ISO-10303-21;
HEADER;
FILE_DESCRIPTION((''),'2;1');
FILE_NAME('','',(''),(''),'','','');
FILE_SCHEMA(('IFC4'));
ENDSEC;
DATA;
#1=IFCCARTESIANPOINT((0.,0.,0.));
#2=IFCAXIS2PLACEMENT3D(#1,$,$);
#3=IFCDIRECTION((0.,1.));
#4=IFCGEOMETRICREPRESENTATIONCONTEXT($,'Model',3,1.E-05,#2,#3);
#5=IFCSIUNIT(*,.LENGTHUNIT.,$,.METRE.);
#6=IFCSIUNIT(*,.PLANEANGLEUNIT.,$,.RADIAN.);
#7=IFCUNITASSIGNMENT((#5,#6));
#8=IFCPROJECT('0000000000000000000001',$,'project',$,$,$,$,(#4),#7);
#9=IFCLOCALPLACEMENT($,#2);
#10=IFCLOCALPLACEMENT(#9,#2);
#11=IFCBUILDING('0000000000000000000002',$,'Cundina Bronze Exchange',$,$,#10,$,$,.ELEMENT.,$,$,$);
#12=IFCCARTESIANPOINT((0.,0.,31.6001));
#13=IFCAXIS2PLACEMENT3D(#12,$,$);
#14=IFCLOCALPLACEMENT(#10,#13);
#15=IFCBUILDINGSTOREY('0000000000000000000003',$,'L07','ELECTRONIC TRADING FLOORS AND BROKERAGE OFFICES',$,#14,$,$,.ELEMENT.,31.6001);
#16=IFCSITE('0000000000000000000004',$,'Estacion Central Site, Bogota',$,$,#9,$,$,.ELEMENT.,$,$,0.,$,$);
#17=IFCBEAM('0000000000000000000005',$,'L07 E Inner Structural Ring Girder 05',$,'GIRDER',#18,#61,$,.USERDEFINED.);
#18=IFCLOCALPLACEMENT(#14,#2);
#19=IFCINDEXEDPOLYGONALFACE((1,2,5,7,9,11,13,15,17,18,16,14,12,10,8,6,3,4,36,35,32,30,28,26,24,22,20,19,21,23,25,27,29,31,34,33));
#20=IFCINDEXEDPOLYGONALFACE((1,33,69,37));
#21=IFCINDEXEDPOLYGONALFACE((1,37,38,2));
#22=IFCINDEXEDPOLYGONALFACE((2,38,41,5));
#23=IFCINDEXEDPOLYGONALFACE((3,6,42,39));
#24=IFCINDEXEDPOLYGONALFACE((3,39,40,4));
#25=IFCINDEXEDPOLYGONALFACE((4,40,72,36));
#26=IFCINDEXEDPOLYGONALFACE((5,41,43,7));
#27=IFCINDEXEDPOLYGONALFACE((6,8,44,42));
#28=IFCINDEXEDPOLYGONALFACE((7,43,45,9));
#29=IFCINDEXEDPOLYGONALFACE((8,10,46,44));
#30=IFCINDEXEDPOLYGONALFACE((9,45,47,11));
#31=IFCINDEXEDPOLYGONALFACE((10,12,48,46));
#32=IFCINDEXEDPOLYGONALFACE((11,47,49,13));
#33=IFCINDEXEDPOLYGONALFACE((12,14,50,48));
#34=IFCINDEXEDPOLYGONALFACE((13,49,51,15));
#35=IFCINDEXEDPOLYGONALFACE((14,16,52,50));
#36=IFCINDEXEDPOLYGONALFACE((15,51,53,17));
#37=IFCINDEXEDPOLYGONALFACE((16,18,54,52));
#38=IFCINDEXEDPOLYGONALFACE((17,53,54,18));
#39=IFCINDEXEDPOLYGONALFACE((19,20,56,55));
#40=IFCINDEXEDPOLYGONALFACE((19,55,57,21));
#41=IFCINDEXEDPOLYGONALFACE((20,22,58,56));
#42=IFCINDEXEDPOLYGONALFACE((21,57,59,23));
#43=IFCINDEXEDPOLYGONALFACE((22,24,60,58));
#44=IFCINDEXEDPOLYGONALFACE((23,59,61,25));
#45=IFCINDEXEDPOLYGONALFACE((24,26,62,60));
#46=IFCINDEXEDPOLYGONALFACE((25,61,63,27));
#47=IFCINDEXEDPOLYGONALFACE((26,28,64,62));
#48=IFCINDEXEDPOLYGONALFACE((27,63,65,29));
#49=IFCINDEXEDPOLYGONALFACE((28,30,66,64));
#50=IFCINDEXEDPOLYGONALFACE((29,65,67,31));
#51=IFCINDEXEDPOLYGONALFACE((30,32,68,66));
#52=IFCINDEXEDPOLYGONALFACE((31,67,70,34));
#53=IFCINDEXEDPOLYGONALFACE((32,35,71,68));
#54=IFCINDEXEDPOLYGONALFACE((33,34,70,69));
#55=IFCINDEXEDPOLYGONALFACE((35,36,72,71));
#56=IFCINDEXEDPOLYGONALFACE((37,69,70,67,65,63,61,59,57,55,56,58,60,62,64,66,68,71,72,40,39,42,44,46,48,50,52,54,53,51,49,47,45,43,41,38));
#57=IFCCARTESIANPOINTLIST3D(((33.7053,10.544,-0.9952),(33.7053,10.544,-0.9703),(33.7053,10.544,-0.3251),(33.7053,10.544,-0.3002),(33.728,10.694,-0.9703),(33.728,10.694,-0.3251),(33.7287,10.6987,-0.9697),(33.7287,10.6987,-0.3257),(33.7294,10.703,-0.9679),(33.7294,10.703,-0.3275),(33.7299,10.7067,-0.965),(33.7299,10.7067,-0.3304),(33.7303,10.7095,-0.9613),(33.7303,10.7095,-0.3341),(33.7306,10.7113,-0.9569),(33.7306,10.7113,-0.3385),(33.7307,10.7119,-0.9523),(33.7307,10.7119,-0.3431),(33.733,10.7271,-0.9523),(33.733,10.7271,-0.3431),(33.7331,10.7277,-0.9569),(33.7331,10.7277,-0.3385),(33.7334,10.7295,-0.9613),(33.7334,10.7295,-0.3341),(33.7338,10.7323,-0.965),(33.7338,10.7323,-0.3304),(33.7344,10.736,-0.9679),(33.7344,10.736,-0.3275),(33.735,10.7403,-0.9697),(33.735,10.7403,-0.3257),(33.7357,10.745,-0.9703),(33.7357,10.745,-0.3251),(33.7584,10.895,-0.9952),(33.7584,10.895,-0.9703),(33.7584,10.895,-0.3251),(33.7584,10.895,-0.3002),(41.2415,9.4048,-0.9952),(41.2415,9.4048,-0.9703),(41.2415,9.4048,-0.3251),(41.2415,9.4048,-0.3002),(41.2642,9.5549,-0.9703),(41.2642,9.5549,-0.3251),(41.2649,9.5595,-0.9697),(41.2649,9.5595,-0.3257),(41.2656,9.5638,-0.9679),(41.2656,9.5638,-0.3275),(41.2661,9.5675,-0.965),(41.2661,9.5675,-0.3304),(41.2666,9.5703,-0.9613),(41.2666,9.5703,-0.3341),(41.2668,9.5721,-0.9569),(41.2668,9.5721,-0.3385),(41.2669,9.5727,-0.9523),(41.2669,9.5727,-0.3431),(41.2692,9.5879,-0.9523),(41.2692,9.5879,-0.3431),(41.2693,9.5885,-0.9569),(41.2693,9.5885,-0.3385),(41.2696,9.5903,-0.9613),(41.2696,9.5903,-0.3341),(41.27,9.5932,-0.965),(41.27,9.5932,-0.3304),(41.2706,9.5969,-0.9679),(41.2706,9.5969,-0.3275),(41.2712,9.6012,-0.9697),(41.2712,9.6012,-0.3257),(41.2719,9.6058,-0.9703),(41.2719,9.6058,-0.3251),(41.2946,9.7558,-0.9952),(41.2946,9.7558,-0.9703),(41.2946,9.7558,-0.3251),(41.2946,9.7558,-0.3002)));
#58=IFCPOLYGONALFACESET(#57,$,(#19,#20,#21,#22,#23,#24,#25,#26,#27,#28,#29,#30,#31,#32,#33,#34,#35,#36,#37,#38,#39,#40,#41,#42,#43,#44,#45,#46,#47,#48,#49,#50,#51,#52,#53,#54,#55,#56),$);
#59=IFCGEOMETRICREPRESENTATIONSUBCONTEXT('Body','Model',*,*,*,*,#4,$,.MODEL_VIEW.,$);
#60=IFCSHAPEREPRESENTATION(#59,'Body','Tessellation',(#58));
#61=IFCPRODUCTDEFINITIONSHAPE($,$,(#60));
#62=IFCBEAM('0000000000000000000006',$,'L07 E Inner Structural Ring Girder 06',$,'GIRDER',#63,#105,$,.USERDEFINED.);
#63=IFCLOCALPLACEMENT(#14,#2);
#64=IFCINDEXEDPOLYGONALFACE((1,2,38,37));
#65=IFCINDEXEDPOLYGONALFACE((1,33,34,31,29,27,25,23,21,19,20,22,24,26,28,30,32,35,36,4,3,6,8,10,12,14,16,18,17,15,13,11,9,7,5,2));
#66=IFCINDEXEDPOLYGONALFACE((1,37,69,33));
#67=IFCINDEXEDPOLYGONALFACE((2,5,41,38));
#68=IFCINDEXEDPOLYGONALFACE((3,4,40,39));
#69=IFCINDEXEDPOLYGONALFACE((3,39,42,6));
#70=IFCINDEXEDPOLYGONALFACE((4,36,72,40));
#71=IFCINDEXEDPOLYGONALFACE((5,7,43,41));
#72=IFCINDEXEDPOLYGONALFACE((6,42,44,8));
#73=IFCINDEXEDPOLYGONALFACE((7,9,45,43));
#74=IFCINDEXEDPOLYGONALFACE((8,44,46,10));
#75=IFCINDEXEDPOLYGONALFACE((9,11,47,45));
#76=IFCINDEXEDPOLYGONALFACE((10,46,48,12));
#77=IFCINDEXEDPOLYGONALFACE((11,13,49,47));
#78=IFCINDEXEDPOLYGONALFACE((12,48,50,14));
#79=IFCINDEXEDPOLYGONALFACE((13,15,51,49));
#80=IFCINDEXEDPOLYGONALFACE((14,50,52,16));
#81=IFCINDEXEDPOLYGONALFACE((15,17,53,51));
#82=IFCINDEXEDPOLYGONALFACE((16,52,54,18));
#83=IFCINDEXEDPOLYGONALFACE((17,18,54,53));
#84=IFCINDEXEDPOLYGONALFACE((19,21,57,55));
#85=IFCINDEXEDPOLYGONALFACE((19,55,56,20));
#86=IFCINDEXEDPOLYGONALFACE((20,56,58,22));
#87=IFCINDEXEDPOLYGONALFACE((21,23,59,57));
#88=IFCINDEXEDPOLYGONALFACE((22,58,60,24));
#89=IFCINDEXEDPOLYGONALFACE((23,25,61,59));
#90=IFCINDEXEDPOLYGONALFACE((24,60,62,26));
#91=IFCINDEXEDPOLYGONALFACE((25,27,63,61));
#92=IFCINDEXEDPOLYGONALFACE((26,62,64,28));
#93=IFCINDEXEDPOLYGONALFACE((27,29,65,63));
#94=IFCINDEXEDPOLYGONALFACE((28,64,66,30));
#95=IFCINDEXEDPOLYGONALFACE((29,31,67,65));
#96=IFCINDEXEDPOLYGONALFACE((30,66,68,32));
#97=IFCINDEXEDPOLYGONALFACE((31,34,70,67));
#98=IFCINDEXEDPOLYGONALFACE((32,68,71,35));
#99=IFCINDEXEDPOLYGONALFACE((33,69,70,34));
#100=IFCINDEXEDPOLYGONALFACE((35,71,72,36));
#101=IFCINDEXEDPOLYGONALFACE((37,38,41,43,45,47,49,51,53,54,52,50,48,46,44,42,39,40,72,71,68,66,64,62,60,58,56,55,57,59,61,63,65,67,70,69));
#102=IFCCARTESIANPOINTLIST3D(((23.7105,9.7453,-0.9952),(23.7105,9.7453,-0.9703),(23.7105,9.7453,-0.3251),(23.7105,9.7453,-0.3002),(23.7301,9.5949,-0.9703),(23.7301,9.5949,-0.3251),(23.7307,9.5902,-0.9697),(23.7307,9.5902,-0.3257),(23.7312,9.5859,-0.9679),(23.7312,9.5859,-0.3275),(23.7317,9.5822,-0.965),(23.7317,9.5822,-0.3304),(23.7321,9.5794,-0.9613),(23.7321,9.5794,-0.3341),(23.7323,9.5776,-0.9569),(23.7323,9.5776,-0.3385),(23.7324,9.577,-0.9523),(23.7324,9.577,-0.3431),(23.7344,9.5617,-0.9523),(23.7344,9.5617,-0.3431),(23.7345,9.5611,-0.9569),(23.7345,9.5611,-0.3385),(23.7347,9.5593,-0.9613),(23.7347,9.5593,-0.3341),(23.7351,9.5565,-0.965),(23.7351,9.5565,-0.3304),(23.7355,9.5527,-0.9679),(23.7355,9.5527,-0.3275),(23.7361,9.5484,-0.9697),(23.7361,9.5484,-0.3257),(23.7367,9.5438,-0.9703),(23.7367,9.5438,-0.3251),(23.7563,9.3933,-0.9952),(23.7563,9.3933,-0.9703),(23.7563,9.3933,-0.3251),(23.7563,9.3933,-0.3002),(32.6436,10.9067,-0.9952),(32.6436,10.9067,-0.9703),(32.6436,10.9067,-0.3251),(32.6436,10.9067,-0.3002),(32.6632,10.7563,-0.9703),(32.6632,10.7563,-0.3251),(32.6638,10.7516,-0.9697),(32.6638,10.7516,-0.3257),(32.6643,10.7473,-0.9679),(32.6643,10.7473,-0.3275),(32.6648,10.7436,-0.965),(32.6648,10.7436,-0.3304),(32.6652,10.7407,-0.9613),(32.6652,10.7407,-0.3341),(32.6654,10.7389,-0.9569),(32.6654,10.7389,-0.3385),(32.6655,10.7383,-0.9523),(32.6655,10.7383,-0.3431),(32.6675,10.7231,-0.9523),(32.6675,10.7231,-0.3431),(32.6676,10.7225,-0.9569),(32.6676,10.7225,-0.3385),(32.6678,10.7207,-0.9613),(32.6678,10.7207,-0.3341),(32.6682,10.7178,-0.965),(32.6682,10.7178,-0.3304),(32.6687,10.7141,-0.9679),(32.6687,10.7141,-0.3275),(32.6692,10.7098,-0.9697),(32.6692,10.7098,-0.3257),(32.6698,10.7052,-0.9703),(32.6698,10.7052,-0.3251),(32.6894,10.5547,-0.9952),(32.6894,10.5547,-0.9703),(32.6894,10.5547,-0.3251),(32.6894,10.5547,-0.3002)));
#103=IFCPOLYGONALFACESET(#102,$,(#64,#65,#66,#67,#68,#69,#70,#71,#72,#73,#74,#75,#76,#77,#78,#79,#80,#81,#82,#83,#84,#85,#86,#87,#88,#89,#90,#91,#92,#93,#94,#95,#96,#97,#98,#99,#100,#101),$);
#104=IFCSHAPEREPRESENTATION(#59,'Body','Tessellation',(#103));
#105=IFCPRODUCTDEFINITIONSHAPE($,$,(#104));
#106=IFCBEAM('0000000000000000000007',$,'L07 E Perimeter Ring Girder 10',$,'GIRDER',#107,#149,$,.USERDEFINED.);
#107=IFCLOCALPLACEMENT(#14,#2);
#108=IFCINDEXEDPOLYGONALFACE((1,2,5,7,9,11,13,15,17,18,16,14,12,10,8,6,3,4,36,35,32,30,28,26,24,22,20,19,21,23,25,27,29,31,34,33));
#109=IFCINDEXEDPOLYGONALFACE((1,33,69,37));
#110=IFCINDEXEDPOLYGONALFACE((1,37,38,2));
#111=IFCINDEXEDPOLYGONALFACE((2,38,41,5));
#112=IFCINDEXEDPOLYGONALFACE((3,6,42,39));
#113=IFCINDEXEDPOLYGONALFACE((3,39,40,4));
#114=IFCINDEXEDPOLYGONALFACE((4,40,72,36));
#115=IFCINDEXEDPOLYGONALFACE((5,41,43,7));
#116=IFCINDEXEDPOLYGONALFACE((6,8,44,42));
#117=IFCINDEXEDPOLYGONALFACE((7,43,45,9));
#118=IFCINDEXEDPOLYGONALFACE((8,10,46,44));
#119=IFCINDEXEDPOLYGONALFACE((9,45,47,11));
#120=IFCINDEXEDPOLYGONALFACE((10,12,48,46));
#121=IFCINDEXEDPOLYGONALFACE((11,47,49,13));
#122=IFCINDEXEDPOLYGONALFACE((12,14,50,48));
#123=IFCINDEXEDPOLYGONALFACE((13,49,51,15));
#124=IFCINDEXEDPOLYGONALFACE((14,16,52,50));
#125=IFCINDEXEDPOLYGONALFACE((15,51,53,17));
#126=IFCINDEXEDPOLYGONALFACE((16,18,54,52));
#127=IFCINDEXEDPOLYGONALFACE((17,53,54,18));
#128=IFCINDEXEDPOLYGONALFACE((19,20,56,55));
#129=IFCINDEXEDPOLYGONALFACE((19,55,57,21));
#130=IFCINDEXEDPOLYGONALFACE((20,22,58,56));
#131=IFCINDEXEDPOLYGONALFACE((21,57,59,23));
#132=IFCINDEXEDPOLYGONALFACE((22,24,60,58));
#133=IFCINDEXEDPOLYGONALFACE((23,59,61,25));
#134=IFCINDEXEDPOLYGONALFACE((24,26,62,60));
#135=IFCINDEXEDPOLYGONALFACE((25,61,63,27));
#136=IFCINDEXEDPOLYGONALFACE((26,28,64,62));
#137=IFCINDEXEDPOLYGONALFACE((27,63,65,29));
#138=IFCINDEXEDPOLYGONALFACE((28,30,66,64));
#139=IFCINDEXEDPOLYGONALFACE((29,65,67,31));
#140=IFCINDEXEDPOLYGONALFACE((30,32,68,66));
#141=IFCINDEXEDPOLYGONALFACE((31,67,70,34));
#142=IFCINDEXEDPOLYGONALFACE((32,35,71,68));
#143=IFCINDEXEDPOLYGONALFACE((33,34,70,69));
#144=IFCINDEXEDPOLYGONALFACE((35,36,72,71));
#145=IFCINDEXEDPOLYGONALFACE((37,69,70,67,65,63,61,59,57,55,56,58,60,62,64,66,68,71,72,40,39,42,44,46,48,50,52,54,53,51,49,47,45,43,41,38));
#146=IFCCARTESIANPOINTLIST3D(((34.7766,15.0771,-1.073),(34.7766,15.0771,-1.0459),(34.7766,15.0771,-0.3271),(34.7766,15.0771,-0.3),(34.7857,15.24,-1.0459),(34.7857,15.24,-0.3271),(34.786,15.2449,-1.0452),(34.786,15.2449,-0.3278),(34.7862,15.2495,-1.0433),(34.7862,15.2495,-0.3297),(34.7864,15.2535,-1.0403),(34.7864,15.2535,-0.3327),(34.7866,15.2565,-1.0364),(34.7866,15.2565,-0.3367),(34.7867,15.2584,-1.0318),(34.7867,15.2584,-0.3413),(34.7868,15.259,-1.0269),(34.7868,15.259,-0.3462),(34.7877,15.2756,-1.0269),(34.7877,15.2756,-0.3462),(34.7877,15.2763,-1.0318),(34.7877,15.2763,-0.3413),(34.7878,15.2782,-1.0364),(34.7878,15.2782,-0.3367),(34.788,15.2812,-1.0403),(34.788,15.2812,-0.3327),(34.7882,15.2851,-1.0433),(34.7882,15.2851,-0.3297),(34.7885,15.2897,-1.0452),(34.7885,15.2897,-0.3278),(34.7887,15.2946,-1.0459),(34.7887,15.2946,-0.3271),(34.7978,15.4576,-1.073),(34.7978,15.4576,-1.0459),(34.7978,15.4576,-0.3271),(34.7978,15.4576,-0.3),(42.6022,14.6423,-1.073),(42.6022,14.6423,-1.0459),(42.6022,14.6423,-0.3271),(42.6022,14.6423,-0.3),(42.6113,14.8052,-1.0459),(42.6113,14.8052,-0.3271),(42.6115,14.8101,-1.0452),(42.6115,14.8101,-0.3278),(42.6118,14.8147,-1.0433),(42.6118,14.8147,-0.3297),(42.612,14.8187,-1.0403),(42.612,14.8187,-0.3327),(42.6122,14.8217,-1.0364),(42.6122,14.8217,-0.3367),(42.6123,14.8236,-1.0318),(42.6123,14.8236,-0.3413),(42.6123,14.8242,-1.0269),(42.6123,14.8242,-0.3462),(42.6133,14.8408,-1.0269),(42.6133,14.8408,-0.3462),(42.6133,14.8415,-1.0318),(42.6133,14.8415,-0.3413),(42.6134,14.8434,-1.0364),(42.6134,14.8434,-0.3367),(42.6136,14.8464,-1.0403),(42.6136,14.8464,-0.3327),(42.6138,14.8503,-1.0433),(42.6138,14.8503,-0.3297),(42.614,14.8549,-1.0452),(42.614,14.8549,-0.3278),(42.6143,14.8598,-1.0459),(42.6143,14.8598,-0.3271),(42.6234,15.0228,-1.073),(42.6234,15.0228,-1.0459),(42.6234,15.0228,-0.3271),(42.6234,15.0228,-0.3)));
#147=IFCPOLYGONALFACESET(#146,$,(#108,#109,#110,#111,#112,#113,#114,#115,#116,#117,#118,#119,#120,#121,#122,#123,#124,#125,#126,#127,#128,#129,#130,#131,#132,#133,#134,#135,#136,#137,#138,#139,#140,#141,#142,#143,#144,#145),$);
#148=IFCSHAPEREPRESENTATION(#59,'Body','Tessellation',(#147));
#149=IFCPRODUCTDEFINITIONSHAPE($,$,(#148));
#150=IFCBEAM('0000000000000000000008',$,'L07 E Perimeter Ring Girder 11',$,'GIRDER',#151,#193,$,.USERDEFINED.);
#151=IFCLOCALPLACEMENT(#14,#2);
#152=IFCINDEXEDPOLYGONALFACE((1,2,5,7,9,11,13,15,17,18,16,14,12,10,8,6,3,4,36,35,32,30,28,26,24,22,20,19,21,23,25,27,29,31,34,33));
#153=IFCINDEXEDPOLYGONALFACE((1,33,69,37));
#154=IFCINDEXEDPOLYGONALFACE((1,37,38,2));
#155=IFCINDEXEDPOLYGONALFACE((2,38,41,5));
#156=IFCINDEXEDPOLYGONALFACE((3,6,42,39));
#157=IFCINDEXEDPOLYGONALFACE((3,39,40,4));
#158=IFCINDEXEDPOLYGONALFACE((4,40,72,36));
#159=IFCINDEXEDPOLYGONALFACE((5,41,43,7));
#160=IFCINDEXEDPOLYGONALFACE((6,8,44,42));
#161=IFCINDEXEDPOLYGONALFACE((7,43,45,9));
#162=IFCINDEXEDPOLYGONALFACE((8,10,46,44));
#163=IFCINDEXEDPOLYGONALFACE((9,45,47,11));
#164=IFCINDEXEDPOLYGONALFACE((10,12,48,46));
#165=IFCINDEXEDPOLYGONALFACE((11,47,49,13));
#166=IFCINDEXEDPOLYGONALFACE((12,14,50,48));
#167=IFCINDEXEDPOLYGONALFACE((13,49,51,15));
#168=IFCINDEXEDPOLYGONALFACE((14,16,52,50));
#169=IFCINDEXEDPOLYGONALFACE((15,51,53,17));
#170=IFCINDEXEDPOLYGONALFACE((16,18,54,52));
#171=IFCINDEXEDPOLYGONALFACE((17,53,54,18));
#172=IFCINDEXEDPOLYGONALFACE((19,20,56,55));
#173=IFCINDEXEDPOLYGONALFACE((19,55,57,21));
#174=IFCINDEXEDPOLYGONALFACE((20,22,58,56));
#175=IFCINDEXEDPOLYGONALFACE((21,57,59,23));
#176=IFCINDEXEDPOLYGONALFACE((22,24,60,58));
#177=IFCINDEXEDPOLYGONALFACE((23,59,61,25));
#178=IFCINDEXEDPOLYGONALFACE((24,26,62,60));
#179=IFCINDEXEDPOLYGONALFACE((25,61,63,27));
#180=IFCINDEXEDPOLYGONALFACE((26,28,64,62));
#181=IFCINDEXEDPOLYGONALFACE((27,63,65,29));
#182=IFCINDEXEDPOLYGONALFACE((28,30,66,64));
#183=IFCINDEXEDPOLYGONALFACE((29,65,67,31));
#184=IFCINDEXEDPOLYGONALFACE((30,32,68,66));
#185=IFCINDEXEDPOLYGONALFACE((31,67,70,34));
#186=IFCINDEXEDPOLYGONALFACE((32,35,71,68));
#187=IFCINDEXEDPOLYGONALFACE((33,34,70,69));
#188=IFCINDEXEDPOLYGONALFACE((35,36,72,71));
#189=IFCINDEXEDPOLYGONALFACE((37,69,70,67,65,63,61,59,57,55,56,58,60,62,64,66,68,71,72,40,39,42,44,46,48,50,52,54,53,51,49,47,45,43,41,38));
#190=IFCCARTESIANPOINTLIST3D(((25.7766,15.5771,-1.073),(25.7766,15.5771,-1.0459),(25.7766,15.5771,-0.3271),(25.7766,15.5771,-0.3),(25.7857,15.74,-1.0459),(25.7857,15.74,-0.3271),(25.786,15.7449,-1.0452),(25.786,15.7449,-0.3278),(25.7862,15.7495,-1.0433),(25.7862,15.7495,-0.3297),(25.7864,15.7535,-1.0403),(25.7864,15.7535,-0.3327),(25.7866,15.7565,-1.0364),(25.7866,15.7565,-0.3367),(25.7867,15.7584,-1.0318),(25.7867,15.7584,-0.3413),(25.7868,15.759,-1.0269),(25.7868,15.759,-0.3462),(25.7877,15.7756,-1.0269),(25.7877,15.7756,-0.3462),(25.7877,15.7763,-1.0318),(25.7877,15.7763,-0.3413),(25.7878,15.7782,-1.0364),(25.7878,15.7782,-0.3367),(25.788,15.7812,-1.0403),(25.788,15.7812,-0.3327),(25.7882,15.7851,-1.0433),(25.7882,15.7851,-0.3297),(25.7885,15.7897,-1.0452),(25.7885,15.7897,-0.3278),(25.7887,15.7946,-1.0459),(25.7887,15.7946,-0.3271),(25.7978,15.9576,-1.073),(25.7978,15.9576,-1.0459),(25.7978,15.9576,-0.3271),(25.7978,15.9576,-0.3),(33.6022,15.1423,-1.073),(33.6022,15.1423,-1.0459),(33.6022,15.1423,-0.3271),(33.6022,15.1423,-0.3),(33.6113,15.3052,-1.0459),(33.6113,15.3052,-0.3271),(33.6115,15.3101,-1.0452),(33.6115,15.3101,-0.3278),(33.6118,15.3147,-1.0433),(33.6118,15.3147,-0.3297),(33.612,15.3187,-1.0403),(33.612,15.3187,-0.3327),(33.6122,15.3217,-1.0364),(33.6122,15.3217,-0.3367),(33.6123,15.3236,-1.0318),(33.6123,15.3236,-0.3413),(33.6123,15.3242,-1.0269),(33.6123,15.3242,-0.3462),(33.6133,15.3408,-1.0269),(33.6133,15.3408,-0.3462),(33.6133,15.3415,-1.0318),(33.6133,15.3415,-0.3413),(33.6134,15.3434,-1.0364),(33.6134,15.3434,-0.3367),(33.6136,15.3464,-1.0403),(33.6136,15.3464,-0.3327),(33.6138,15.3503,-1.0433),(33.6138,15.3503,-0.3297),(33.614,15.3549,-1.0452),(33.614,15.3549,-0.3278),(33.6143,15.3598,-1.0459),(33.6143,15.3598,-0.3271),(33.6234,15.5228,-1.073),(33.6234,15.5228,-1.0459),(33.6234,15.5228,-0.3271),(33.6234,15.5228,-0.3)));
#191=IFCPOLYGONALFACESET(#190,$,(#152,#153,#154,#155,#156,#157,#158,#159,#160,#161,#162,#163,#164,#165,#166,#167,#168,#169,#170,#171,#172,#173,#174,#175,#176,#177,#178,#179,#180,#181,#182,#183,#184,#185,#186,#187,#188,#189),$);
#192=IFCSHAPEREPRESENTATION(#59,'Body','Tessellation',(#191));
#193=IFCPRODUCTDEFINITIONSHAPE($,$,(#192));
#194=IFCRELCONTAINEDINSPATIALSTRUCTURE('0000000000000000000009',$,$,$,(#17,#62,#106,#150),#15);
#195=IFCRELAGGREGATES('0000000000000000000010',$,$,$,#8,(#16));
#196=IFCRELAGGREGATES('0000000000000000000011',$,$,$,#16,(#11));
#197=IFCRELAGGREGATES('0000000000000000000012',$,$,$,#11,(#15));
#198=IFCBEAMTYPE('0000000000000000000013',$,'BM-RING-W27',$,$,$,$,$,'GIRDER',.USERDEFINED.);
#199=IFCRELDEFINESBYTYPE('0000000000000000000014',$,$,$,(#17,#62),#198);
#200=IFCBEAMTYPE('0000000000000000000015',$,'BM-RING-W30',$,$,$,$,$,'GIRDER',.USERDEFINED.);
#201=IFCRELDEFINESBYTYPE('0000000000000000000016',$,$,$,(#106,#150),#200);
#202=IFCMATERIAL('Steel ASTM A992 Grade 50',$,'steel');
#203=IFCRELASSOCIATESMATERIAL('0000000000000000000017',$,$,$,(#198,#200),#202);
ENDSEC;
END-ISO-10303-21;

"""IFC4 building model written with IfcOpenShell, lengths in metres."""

from ifc_helpers import new_model, si_unit, direction, frame, origin, origin_2d, place, context, subcontext, project, spatial, i_section, extrude, material, material_profile, profile_set, type_object, element, save


model = new_model("IFC4")

# Units and contexts
model_context = context("Model", 3, precision=1e-05, world=origin(), true_north=direction((0.0, 1.0)))
body_context = subcontext(model_context, "Body", "Model", "MODEL_VIEW")
ifc_project = project(units=[si_unit("LENGTHUNIT", "METRE"), si_unit("PLANEANGLEUNIT", "RADIAN")], contexts=[model_context])

# Site, building, storey
site_placement = place(None, origin())
site = spatial("IfcSite", under=ifc_project, at=site_placement, Name="Estacion Central Site, Bogota", CompositionType="ELEMENT", RefElevation=0.0)
building_placement = place(site_placement, origin())
building = spatial("IfcBuilding", under=site, at=building_placement, Name="Cundina Bronze Exchange", CompositionType="ELEMENT")
storey_placement = place(building_placement, frame((0.0, 0.0, 31.6001)))
storey = spatial("IfcBuildingStorey", under=building, at=storey_placement, Name="L07", Description="ELECTRONIC TRADING FLOORS AND BROKERAGE OFFICES", CompositionType="ELEMENT", Elevation=31.6001)

# Beams
ifc_material_1 = material(Name="Steel ASTM A992 Grade 50", Category="steel")
ifc_material_profile_1 = material_profile(ifc_material_1, i_section(OverallWidth=0.355, OverallDepth=0.6951, WebThickness=0.0154, FlangeThickness=0.0249, FilletRadius=0.0181, at=origin_2d()), Name="W27X146", Category="steel")
ifc_profile_set_1 = profile_set([ifc_material_profile_1], Name="Steel ASTM A992 Grade 50")
beam_type_1 = type_object("IfcBeamType", Name="BM-RING-W27", ElementType="GIRDER", PredefinedType="USERDEFINED", material=ifc_profile_set_1)
beam_1_placement = place(storey_placement, frame((41.2681, 9.5803, -0.6477), z_axis=(-0.988767, 0.149462, 0.0), x_axis=(-0.149462, -0.988767, 0.0)))
element("IfcBeam", 1, at=beam_1_placement, inside=storey, type_object=beam_type_1, Name="L07 E Inner Structural Ring Girder 05", ObjectType="GIRDER", PredefinedType="USERDEFINED", context=body_context, shape_type="SweptSolid", body=[
    extrude(i_section(OverallWidth=0.355, OverallDepth=0.6951, WebThickness=0.0154, FlangeThickness=0.0249, FilletRadius=0.0181, at=origin_2d()), origin(), (0.0, 0.0, 1.0), 7.6218),
])
beam_2_placement = place(storey_placement, frame((32.6665, 10.7307, -0.6477), z_axis=(-0.991655, -0.128923, 0.0), x_axis=(0.128923, -0.991655, 0.0)))
element("IfcBeam", 2, at=beam_2_placement, inside=storey, type_object=beam_type_1, Name="L07 E Inner Structural Ring Girder 06", ObjectType="GIRDER", PredefinedType="USERDEFINED", context=body_context, shape_type="SweptSolid", body=[
    extrude(i_section(OverallWidth=0.355, OverallDepth=0.6951, WebThickness=0.0154, FlangeThickness=0.0249, FilletRadius=0.0181, at=origin_2d()), origin(), (0.0, 0.0, 1.0), 9.0083),
])
ifc_material_profile_2 = material_profile(ifc_material_1, i_section(OverallWidth=0.3811, OverallDepth=0.7729, WebThickness=0.0166, FlangeThickness=0.0271, FilletRadius=0.019, at=origin_2d()), Name="W30X173", Category="steel")
ifc_profile_set_2 = profile_set([ifc_material_profile_2], Name="Steel ASTM A992 Grade 50")
beam_type_2 = type_object("IfcBeamType", Name="BM-RING-W30", ElementType="GIRDER", PredefinedType="USERDEFINED", material=ifc_profile_set_2)
for number, where, z_axis, x_axis, name in (
    (3, (42.6128, 14.8325, -0.6865), (-0.99846, 0.055477, 0.0), (-0.055477, -0.99846, 0.0), "L07 E Perimeter Ring Girder 10"),
    (4, (33.6128, 15.3325, -0.6865), (-0.99846, 0.055477, 0.0), (-0.055477, -0.99846, 0.0), "L07 E Perimeter Ring Girder 11"),
):
    element("IfcBeam", number, at=place(storey_placement, frame(where, z_axis=z_axis, x_axis=x_axis)), inside=storey, type_object=beam_type_2, Name=name, ObjectType="GIRDER", PredefinedType="USERDEFINED", context=body_context, shape_type="SweptSolid", body=[
        extrude(i_section(OverallWidth=0.3811, OverallDepth=0.7729, WebThickness=0.0166, FlangeThickness=0.0271, FilletRadius=0.019, at=origin_2d()), origin(), (0.0, 0.0, 1.0), 7.8376),
    ])

save(model, "model.ifc")
